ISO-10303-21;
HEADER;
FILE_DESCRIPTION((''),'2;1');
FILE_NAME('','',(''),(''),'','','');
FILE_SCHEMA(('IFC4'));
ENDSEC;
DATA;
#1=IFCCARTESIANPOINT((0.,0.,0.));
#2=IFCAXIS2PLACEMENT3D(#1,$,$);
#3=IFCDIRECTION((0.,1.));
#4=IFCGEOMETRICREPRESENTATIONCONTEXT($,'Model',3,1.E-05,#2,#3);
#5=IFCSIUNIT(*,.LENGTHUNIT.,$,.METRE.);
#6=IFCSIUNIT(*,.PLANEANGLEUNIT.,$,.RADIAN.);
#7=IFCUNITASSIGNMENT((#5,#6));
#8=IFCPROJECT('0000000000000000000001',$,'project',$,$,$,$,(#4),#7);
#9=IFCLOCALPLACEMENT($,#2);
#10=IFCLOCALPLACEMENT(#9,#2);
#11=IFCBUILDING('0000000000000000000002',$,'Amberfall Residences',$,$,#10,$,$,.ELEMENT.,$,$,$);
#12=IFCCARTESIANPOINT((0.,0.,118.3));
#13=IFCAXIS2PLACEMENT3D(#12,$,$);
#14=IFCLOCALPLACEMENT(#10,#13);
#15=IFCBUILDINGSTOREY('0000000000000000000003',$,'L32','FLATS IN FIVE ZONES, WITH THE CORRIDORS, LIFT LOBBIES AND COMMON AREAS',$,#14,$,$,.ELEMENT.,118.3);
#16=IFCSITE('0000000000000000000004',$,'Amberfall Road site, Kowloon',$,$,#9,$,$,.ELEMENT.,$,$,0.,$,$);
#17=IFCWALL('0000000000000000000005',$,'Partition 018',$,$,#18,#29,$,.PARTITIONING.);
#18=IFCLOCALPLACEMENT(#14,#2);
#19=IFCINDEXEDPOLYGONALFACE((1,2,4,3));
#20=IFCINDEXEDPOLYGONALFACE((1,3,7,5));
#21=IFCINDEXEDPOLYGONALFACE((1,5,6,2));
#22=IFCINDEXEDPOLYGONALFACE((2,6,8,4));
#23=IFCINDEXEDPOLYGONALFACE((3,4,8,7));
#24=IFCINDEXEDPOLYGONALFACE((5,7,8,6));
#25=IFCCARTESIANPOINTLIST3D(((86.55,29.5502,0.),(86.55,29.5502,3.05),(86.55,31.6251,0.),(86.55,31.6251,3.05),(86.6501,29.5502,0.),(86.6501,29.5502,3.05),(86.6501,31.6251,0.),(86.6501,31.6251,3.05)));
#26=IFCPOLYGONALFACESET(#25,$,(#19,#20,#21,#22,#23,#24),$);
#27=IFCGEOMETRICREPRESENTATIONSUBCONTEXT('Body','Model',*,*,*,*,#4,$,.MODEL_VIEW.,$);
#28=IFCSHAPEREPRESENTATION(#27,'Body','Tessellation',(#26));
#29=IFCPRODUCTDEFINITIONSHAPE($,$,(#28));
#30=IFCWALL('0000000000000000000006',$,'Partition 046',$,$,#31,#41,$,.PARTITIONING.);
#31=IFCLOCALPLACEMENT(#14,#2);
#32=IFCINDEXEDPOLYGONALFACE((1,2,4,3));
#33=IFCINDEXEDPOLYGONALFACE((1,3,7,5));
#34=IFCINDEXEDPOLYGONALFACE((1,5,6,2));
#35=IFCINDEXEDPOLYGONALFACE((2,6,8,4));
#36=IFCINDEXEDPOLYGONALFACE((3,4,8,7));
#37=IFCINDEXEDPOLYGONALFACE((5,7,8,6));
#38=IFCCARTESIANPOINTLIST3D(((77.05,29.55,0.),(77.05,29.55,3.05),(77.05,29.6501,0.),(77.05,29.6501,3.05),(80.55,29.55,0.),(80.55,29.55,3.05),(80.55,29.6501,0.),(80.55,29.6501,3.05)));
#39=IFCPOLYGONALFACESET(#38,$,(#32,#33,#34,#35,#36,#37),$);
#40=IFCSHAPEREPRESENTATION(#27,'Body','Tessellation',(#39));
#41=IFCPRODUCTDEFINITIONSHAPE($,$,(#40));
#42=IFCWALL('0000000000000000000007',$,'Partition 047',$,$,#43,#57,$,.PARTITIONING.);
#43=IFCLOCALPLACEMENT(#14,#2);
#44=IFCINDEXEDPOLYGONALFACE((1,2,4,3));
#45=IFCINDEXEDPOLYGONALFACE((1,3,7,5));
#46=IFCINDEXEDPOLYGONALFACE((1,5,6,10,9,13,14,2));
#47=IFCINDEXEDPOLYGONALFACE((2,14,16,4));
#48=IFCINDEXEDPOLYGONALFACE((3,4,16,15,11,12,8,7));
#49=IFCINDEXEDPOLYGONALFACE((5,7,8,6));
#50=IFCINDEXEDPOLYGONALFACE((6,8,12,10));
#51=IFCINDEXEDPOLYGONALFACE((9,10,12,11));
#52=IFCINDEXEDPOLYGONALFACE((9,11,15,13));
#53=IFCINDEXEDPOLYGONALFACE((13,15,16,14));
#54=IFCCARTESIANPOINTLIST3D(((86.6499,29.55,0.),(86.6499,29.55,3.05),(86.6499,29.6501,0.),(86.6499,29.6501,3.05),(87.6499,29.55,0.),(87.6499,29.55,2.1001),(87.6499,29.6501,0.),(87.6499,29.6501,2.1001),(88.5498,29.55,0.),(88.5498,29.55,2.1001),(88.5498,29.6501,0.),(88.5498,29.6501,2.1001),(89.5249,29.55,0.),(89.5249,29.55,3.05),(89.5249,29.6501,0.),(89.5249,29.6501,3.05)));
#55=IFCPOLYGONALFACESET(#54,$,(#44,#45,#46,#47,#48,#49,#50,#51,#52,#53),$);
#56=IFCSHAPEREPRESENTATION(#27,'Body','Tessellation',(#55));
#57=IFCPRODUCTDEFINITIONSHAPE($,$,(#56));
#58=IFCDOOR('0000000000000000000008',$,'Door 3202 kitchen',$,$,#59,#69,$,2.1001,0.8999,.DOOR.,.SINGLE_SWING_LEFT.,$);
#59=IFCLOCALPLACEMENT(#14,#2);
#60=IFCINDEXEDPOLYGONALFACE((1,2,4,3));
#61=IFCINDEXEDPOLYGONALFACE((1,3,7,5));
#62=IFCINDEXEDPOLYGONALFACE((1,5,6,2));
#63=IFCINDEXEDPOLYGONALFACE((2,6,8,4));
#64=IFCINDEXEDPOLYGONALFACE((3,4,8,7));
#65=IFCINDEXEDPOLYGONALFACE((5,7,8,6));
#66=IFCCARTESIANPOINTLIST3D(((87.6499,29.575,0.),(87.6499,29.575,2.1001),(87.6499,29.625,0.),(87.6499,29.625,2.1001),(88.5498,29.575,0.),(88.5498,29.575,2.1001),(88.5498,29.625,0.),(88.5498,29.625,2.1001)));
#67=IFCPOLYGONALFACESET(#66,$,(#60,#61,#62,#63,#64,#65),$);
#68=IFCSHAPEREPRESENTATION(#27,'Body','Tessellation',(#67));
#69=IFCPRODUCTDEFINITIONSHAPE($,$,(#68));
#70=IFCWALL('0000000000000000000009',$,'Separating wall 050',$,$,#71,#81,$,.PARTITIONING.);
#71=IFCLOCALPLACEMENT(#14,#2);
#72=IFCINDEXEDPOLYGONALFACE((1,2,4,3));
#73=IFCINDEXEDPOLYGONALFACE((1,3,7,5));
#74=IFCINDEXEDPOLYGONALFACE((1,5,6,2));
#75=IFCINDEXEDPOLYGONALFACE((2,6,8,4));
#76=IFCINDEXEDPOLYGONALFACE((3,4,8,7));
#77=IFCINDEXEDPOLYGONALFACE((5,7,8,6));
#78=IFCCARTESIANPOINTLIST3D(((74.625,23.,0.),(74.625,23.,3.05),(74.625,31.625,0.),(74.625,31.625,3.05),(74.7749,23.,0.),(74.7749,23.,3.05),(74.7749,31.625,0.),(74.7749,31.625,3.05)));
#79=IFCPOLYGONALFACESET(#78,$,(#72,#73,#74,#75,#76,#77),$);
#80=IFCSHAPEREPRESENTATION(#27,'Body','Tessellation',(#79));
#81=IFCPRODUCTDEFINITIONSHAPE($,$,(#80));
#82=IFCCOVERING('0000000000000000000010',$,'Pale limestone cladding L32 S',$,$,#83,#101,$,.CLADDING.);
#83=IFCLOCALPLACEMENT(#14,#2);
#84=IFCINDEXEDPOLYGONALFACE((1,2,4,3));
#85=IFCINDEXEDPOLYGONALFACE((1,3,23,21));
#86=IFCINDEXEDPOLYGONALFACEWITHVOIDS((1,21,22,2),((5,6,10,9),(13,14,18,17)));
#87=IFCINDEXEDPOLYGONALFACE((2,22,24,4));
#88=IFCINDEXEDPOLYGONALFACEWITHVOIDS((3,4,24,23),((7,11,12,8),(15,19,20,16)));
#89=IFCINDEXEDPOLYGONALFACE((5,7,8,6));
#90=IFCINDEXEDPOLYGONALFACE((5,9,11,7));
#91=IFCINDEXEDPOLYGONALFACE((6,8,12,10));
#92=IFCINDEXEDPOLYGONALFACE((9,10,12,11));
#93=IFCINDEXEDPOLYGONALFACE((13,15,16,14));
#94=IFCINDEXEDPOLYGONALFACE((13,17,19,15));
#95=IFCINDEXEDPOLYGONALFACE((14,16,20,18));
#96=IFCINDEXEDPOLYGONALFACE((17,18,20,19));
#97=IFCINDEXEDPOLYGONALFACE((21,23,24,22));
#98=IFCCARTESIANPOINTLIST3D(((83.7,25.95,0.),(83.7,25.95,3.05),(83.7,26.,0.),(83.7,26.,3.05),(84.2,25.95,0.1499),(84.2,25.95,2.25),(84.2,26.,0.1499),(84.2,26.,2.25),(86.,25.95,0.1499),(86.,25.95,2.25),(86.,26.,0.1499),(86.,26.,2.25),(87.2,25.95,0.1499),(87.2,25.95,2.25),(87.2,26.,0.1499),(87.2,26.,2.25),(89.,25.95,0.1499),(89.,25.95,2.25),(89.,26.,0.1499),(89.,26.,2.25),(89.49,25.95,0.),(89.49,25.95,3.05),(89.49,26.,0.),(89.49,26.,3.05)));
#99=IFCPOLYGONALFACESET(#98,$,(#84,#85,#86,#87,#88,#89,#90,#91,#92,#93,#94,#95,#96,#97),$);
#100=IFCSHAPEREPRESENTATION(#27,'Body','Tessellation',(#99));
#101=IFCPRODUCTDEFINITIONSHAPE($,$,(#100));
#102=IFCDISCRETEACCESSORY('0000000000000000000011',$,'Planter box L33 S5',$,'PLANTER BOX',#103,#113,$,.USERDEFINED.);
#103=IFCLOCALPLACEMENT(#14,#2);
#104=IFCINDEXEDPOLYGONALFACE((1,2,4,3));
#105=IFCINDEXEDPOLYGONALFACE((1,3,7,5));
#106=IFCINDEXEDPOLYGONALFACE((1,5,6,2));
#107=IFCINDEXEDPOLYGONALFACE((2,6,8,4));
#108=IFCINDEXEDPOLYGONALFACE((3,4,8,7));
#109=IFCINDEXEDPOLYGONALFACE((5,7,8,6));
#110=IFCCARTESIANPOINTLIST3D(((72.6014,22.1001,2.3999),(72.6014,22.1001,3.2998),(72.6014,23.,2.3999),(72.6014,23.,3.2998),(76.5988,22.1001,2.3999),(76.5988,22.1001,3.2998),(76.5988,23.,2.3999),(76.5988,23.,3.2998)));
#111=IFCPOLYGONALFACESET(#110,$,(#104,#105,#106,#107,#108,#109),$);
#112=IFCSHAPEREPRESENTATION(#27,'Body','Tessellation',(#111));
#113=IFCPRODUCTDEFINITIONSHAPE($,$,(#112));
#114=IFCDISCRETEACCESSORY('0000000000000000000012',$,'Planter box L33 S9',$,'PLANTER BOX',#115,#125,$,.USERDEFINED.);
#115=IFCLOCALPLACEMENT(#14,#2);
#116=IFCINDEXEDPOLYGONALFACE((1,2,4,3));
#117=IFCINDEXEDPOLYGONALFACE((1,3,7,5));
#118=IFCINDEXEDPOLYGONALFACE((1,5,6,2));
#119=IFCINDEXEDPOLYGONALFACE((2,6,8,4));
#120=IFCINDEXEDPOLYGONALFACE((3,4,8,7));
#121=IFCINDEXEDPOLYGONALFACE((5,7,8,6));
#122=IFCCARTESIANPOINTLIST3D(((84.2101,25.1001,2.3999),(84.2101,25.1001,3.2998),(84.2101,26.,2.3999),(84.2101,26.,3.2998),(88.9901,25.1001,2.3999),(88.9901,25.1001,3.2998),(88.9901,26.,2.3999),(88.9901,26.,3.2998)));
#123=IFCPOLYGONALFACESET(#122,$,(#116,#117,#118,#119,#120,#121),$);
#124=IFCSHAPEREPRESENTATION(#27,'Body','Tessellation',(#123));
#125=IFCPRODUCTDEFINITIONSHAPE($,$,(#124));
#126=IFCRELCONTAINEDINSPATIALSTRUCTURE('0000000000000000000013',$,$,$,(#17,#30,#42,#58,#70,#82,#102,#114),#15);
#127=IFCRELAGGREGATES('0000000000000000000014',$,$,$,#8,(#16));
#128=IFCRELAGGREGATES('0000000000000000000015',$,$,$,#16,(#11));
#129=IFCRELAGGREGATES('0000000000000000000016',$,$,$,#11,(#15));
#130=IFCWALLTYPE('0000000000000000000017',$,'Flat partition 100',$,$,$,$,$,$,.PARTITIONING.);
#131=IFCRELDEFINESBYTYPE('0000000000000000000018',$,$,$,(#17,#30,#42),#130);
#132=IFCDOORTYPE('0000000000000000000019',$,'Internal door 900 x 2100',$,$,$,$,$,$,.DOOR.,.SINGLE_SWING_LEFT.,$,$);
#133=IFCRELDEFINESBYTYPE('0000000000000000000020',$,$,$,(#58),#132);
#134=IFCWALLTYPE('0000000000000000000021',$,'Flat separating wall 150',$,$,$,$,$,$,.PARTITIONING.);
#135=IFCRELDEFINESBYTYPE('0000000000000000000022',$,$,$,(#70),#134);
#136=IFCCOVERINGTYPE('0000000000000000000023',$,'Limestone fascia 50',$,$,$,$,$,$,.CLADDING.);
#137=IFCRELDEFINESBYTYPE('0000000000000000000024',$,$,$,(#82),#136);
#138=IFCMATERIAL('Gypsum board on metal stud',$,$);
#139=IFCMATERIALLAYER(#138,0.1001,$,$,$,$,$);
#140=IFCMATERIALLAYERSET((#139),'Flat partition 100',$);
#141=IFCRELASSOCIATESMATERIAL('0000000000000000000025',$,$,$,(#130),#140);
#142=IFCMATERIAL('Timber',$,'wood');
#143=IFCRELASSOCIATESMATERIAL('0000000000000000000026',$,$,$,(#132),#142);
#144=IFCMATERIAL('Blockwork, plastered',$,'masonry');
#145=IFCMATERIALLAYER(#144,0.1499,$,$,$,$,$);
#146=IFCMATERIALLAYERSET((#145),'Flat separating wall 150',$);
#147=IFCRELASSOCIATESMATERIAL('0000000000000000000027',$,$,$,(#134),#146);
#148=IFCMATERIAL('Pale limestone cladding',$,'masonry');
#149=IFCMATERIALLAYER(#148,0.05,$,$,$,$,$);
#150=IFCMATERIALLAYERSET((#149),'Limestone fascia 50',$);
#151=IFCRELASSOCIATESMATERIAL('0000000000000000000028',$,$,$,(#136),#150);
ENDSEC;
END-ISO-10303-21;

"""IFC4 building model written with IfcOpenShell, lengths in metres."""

from ifc_helpers import new_model, si_unit, direction, frame, frame_2d, origin, origin_2d, place, context, subcontext, project, spatial, polyline, rectangle, outline, extrude, material, layer, layer_set, type_object, element, fill, save


model = new_model("IFC4")

# Units and contexts
model_context = context("Model", 3, precision=1e-05, world=origin(), true_north=direction((0.0, 1.0)))
body_context = subcontext(model_context, "Body", "Model", "MODEL_VIEW")
ifc_project = project(units=[si_unit("LENGTHUNIT", "METRE"), si_unit("PLANEANGLEUNIT", "RADIAN")], contexts=[model_context])

# Site, building, storey
site_placement = place(None, origin())
site = spatial("IfcSite", under=ifc_project, at=site_placement, Name="Amberfall Road site, Kowloon", CompositionType="ELEMENT", RefElevation=0.0)
building_placement = place(site_placement, origin())
building = spatial("IfcBuilding", under=site, at=building_placement, Name="Amberfall Residences", CompositionType="ELEMENT")
storey_placement = place(building_placement, frame((0.0, 0.0, 118.3)))
storey = spatial("IfcBuildingStorey", under=building, at=storey_placement, Name="L32", Description="FLATS IN FIVE ZONES, WITH THE CORRIDORS, LIFT LOBBIES AND COMMON AREAS", CompositionType="ELEMENT", Elevation=118.3)

# Shared definitions
ifc_material_1 = material(Name="Gypsum board on metal stud")
ifc_layer_1 = layer(ifc_material_1, 0.1001)
ifc_layer_set_1 = layer_set([ifc_layer_1], Name="Flat partition 100")
wall_type_1 = type_object("IfcWallType", Name="Flat partition 100", PredefinedType="PARTITIONING", material=ifc_layer_set_1)

# Shared definitions
ifc_material_2 = material(Name="Timber", Category="wood")
door_type_1 = type_object("IfcDoorType", Name="Internal door 900 x 2100", OperationType="SINGLE_SWING_LEFT", PredefinedType="DOOR", material=ifc_material_2)

# Walls
wall_1_placement = place(storey_placement, frame((86.6001, 29.55, 0.0), z_axis=(0.0, 0.0, 1.0), x_axis=(0.0, 1.0, 0.0)))
element("IfcWall", 1, at=wall_1_placement, inside=storey, type_object=wall_type_1, Name="Partition 018", PredefinedType="PARTITIONING", context=body_context, shape_type="SweptSolid", body=[
    extrude(rectangle(XDim=2.075, YDim=0.1001, at=frame_2d((1.0376, 0.0))), origin(), (0.0, 0.0, 1.0), 3.05),
])
wall_2_placement = place(storey_placement, frame((77.05, 29.6001, 0.0), z_axis=(0.0, 0.0, 1.0), x_axis=(1.0, 0.0, 0.0)))
element("IfcWall", 2, at=wall_2_placement, inside=storey, type_object=wall_type_1, Name="Partition 046", PredefinedType="PARTITIONING", context=body_context, shape_type="SweptSolid", body=[
    extrude(rectangle(XDim=3.5, YDim=0.1001, at=frame_2d((1.75, 0.0))), origin(), (0.0, 0.0, 1.0), 3.05),
])

# Wall, opening, door
wall_3_placement = place(storey_placement, frame((86.6499, 29.6001, 0.0), z_axis=(0.0, 0.0, 1.0), x_axis=(1.0, 0.0, 0.0)))
wall_3 = element("IfcWall", 3, at=wall_3_placement, inside=storey, type_object=wall_type_1, Name="Partition 047", PredefinedType="PARTITIONING", context=body_context, shape_type="SweptSolid", body=[
    extrude(rectangle(XDim=2.875, YDim=0.1001, at=frame_2d((1.4375, 0.0))), origin(), (0.0, 0.0, 1.0), 3.05),
])
opening_1_placement = place(wall_3_placement, frame((1.0, 0.0, 0.0)))
opening_1 = element("IfcOpeningElement", 4, at=opening_1_placement, cuts=wall_3, PredefinedType="OPENING", context=body_context, shape_type="SweptSolid", body=[
    extrude(rectangle(XDim=0.8999, YDim=2.1001, at=frame_2d((0.45, 1.05))), frame((0.0, 0.0601, 0.0), z_axis=(0.0, -1.0, 0.0), x_axis=(1.0, 0.0, 0.0)), (0.0, 0.0, 1.0), 0.1201),
])
door_1_placement = place(opening_1_placement, origin())
door_1 = element("IfcDoor", 5, at=door_1_placement, inside=storey, type_object=door_type_1, Name="Door 3202 kitchen", OperationType="SINGLE_SWING_LEFT", OverallHeight=2.1001, OverallWidth=0.8999, PredefinedType="DOOR", context=body_context, shape_type="SweptSolid", body=[
    extrude(rectangle(XDim=0.8999, YDim=2.1001, at=frame_2d((0.45, 1.05))), frame((0.0, 0.0249, 0.0), z_axis=(0.0, -1.0, 0.0), x_axis=(1.0, 0.0, 0.0)), (0.0, 0.0, 1.0), 0.05),
])
fill(opening_1, door_1)

# Wall
ifc_material_3 = material(Name="Blockwork, plastered", Category="masonry")
ifc_layer_2 = layer(ifc_material_3, 0.1499)
ifc_layer_set_2 = layer_set([ifc_layer_2], Name="Flat separating wall 150")
wall_type_2 = type_object("IfcWallType", Name="Flat separating wall 150", PredefinedType="PARTITIONING", material=ifc_layer_set_2)
wall_4_placement = place(storey_placement, frame((74.7, 23.0, 0.0), z_axis=(0.0, 0.0, 1.0), x_axis=(0.0, 1.0, 0.0)))
element("IfcWall", 6, at=wall_4_placement, inside=storey, type_object=wall_type_2, Name="Separating wall 050", PredefinedType="PARTITIONING", context=body_context, shape_type="SweptSolid", body=[
    extrude(rectangle(XDim=8.625, YDim=0.1499, at=frame_2d((4.3125, 0.0))), origin(), (0.0, 0.0, 1.0), 3.05),
])

# Covering
ifc_material_4 = material(Name="Pale limestone cladding", Category="masonry")
ifc_layer_3 = layer(ifc_material_4, 0.05)
ifc_layer_set_3 = layer_set([ifc_layer_3], Name="Limestone fascia 50")
covering_type = type_object("IfcCoveringType", Name="Limestone fascia 50", PredefinedType="CLADDING", material=ifc_layer_set_3)
covering_placement = place(storey_placement, frame((83.7, 26.0, 3.05), z_axis=(0.0, 1.0, 0.0), x_axis=(1.0, 0.0, 0.0)))
element("IfcCovering", 7, at=covering_placement, inside=storey, type_object=covering_type, Name="Pale limestone cladding L32 S", PredefinedType="CLADDING", context=body_context, shape_type="SweptSolid", body=[
    extrude(outline(polyline([(0.0, 0.0), (5.79, 0.0), (5.79, 3.05), (0.0, 3.05), (0.0, 0.0)]), holes=[polyline([(0.5, 0.8), (2.3, 0.8), (2.3, 2.9001), (0.5, 2.9001), (0.5, 0.8)]), polyline([(3.5, 0.8), (5.3, 0.8), (5.3, 2.9001), (3.5, 2.9001), (3.5, 0.8)])]), origin(), (0.0, 0.0, -1.0), 0.05),
])

# Discrete accessories
discrete_accessory_1_placement = place(storey_placement, frame((74.6001, 22.55, 2.3999), z_axis=(0.0, 0.0, 1.0), x_axis=(1.0, 0.0, 0.0)))
element("IfcDiscreteAccessory", 8, at=discrete_accessory_1_placement, inside=storey, Name="Planter box L33 S5", ObjectType="PLANTER BOX", PredefinedType="USERDEFINED", context=body_context, shape_type="SweptSolid", body=[
    extrude(rectangle(XDim=3.9973, YDim=0.8999, at=origin_2d()), origin(), (0.0, 0.0, 1.0), 0.8999),
])
discrete_accessory_2_placement = place(storey_placement, frame((86.6001, 25.55, 2.3999), z_axis=(0.0, 0.0, 1.0), x_axis=(1.0, 0.0, 0.0)))
element("IfcDiscreteAccessory", 9, at=discrete_accessory_2_placement, inside=storey, Name="Planter box L33 S9", ObjectType="PLANTER BOX", PredefinedType="USERDEFINED", context=body_context, shape_type="SweptSolid", body=[
    extrude(rectangle(XDim=4.78, YDim=0.8999, at=origin_2d()), origin(), (0.0, 0.0, 1.0), 0.8999),
])

save(model, "model.ifc")
